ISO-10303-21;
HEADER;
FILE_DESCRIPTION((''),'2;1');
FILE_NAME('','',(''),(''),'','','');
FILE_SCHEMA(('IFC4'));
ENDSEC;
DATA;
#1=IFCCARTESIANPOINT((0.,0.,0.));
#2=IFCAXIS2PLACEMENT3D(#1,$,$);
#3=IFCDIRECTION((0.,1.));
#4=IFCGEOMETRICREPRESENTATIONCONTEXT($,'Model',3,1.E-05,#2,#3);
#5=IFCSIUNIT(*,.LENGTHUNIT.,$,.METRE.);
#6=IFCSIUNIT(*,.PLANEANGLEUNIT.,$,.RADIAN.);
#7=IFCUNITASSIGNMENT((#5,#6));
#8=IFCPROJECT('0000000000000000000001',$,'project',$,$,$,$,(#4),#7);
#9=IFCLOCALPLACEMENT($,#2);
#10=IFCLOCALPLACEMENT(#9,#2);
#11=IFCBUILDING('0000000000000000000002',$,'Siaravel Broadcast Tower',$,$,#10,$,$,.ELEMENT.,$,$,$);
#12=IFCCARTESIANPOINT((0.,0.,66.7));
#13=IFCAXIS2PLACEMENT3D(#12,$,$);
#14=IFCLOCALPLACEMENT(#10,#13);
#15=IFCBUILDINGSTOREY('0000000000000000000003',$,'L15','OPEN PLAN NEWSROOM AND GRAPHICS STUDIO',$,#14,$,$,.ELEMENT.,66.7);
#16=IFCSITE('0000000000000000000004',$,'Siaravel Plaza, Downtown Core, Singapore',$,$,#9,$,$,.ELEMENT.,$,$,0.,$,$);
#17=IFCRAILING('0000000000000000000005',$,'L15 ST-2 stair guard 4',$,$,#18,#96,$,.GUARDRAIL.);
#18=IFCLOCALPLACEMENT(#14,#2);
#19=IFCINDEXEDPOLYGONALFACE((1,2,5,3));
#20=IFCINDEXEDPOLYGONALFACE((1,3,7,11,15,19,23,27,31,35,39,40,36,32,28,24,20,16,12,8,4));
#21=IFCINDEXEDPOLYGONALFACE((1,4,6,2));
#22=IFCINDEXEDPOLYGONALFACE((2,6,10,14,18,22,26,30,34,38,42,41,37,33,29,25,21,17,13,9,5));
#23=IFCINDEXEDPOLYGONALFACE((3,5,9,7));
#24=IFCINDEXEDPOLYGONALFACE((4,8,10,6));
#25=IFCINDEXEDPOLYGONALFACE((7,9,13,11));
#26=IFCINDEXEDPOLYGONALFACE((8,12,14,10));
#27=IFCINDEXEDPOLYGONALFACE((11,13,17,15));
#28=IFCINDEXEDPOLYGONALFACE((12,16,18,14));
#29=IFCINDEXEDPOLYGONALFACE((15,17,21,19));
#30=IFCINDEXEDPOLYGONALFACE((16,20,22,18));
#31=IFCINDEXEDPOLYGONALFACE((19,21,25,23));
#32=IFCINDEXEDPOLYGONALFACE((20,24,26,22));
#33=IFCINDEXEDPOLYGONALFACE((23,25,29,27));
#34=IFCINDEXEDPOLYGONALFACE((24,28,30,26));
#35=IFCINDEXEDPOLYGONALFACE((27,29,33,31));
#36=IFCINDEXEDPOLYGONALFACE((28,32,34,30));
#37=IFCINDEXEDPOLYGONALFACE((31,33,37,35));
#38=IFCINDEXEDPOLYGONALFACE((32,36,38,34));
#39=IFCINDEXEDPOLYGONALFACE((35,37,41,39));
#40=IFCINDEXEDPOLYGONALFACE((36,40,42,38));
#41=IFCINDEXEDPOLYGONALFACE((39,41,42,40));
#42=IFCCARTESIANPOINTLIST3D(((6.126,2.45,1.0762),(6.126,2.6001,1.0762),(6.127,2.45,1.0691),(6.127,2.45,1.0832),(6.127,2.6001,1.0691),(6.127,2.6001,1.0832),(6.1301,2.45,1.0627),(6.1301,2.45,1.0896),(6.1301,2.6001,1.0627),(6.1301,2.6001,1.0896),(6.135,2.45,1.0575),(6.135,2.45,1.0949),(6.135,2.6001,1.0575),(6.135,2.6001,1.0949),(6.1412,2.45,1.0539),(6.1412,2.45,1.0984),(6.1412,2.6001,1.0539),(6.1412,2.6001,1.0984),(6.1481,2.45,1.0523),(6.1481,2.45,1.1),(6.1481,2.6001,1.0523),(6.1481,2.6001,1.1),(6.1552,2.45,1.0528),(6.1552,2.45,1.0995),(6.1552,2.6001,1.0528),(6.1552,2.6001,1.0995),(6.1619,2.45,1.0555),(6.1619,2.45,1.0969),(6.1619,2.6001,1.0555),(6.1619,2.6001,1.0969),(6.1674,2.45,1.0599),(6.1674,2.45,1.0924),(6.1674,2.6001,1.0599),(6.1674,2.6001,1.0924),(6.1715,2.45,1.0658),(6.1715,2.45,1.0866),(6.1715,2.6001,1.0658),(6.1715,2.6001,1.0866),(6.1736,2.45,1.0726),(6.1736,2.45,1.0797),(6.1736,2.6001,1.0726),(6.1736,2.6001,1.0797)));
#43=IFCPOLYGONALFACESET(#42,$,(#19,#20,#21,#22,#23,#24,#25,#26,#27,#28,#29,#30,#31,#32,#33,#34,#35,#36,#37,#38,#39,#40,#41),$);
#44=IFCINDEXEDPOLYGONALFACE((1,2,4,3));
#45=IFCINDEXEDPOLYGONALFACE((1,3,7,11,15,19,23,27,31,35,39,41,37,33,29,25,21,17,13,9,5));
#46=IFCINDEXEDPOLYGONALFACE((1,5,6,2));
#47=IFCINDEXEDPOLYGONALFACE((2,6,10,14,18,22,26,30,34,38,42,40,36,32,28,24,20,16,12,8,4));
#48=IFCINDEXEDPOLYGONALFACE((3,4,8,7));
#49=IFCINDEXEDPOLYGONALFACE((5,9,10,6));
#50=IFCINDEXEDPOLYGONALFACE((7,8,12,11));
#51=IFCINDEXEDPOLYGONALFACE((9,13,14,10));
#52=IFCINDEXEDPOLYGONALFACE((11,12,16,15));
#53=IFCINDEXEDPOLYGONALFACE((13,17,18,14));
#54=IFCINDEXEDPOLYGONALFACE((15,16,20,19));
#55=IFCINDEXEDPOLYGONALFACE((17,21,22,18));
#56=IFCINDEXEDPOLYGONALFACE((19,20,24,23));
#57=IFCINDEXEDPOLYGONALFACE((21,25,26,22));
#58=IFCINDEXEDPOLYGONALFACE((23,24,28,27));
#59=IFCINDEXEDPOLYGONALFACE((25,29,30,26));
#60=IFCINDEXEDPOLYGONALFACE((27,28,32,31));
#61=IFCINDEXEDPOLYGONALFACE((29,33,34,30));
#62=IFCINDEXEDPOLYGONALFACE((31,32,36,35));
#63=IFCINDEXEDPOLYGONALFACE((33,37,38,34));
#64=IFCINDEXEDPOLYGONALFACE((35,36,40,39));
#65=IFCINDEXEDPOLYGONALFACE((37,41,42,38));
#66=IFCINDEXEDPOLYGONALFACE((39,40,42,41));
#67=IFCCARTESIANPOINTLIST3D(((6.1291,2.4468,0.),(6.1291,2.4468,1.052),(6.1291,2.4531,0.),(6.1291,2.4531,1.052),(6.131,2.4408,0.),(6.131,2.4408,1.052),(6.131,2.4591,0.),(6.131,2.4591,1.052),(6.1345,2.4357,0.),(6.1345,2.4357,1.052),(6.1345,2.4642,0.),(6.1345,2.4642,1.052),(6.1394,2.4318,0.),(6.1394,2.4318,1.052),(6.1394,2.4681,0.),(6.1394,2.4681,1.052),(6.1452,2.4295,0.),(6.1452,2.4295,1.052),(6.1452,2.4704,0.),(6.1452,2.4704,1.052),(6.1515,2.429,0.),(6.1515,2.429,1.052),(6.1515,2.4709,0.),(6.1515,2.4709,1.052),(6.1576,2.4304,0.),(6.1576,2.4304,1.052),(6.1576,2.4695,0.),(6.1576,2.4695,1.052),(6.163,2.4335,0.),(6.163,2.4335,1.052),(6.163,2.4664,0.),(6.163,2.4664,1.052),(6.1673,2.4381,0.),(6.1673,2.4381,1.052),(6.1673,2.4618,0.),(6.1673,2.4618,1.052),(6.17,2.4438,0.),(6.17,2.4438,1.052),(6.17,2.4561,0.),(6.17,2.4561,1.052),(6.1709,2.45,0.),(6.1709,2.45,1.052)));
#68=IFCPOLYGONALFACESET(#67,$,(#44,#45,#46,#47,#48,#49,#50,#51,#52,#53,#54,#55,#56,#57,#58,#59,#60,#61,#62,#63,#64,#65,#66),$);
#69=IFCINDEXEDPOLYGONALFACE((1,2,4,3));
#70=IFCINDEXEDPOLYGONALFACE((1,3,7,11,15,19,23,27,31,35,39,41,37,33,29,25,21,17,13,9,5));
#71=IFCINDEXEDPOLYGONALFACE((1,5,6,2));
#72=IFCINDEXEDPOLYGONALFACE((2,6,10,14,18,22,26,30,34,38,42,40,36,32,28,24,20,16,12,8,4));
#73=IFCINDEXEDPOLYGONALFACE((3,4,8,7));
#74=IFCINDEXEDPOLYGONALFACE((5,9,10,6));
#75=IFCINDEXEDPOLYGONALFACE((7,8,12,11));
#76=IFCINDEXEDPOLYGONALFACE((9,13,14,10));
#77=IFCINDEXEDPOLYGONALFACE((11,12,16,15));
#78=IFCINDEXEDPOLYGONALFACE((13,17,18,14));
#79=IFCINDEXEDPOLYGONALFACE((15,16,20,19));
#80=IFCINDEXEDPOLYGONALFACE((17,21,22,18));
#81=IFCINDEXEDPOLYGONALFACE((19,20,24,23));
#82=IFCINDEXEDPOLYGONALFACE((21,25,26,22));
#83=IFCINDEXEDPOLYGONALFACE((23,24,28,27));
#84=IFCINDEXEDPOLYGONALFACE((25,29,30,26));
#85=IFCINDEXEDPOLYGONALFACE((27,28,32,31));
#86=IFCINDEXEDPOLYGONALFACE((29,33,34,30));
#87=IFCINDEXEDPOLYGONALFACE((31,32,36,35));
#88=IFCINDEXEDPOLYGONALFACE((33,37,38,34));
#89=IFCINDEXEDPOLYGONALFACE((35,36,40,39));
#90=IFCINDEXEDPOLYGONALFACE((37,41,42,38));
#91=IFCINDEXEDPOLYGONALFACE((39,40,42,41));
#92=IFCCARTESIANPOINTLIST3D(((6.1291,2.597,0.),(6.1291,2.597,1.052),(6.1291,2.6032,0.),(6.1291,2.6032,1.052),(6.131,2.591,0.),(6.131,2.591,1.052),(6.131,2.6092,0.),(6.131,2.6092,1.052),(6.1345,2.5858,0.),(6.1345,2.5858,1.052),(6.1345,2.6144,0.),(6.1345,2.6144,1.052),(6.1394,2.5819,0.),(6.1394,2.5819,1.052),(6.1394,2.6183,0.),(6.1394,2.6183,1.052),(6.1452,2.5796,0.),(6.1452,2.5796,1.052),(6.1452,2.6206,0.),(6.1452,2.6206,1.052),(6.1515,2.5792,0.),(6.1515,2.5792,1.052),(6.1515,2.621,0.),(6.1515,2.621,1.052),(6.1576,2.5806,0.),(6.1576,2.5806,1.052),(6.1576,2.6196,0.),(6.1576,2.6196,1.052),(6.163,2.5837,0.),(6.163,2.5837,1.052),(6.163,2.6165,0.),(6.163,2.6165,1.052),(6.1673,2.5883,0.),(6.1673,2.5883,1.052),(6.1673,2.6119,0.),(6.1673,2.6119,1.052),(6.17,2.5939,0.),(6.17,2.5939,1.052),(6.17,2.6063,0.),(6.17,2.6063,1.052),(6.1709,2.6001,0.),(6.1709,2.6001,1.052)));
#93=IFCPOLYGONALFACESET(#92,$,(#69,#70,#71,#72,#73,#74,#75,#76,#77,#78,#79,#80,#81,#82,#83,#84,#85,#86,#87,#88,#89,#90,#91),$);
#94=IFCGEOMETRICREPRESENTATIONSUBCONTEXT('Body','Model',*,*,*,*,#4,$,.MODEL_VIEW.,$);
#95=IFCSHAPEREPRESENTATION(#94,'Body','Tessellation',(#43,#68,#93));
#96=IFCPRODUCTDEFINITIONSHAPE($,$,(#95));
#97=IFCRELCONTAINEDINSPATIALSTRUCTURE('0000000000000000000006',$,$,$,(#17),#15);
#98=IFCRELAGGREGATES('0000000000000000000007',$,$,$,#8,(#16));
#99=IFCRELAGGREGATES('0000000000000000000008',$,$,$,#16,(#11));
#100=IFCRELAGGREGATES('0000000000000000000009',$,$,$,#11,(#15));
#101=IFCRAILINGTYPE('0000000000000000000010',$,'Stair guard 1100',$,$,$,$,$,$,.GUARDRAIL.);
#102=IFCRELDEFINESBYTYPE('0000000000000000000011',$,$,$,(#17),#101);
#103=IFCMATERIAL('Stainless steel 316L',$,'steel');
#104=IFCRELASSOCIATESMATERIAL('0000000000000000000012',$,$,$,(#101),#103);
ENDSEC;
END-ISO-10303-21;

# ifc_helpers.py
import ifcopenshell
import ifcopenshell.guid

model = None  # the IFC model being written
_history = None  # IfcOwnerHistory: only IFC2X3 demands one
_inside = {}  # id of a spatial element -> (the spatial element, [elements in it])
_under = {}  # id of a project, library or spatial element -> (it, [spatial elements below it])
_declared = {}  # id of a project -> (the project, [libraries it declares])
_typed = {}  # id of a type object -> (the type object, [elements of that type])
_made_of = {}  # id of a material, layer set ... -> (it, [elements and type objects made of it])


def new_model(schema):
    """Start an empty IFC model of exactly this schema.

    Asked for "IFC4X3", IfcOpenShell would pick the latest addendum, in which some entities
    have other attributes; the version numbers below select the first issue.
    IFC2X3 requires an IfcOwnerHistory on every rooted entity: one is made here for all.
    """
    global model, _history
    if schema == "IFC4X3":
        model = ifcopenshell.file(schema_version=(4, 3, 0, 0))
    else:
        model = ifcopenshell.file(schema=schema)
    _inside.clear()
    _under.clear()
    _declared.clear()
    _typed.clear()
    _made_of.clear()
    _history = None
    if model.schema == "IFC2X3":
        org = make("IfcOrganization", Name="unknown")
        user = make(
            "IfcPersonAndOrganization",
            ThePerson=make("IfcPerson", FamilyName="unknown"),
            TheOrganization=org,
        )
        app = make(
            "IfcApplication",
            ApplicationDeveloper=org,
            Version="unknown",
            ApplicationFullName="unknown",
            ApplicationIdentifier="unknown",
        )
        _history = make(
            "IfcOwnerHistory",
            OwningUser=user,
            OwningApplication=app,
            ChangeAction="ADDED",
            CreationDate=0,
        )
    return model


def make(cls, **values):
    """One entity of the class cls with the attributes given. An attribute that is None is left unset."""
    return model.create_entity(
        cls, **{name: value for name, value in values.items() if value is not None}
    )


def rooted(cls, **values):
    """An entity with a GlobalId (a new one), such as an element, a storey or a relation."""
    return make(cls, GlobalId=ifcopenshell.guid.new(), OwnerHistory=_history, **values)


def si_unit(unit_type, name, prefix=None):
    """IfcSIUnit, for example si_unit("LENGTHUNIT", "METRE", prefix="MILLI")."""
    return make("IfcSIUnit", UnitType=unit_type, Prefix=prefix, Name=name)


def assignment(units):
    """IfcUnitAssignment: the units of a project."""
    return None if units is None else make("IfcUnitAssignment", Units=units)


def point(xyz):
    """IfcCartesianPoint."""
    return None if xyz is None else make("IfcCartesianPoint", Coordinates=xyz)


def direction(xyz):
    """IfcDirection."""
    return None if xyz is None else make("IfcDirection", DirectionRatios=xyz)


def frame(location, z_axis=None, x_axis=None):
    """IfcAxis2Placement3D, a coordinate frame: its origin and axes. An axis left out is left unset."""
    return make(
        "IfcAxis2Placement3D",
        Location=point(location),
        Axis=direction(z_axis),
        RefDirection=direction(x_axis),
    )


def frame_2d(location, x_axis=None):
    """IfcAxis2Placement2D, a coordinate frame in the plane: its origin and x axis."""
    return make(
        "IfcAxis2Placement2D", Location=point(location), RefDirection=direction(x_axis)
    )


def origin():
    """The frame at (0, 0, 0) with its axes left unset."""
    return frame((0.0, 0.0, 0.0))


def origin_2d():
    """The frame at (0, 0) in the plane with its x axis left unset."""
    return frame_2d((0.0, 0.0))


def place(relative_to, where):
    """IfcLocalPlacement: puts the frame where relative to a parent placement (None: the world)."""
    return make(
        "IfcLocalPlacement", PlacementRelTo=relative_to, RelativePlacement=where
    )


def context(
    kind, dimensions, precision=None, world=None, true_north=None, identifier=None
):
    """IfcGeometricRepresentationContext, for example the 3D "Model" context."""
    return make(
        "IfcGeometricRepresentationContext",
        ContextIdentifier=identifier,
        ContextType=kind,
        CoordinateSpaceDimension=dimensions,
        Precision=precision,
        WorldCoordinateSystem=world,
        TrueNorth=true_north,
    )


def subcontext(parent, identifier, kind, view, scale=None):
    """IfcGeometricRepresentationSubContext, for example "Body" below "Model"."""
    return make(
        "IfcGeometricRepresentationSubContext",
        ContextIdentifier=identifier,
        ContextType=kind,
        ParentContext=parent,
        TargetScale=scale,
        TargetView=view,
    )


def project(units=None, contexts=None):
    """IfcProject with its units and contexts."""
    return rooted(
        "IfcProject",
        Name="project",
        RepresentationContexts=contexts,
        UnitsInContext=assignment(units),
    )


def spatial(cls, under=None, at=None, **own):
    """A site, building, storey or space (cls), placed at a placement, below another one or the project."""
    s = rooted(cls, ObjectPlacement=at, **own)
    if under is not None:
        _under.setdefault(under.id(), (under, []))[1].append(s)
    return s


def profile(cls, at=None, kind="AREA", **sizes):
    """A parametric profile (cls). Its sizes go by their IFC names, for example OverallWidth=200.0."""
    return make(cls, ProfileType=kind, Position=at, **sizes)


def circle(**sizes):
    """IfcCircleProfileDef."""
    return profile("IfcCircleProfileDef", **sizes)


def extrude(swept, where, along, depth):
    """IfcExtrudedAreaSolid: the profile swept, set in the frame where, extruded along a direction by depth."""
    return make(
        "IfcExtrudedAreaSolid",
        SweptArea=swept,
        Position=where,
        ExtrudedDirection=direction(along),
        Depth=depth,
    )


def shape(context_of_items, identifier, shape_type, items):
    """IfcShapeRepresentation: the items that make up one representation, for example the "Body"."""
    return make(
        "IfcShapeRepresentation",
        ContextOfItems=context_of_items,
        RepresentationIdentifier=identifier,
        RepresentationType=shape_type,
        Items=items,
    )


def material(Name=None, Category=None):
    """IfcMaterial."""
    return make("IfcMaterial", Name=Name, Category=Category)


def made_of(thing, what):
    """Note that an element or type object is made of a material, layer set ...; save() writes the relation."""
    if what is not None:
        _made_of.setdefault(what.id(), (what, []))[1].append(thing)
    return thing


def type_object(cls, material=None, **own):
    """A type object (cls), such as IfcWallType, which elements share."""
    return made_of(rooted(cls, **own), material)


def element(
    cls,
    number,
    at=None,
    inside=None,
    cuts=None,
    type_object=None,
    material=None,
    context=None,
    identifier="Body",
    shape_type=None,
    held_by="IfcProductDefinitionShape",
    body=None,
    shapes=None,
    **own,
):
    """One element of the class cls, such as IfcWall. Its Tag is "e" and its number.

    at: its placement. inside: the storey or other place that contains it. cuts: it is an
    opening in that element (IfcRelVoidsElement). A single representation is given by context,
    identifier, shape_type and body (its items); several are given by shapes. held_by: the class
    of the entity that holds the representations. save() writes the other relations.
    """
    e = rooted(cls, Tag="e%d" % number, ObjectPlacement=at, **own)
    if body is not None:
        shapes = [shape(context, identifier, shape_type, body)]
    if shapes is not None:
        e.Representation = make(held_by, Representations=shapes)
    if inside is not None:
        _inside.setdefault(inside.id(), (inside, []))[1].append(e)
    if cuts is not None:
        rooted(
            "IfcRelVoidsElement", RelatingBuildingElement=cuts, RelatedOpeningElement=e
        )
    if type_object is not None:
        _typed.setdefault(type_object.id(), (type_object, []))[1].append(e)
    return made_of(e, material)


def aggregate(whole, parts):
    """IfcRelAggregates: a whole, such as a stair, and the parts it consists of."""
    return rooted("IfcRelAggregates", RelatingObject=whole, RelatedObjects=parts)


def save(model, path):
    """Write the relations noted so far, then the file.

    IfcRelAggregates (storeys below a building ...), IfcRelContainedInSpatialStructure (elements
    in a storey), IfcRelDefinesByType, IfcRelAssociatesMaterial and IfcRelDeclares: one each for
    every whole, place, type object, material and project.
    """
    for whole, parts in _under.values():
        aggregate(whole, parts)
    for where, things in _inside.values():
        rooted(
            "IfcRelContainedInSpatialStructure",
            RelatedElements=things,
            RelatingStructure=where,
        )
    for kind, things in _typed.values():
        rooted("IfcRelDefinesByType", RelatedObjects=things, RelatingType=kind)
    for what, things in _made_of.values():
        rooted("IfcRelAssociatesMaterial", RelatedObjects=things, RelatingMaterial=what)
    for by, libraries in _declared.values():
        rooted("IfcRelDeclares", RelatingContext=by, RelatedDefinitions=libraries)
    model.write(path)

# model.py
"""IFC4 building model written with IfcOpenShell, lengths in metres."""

from ifc_helpers import new_model, si_unit, direction, frame, origin, origin_2d, place, context, subcontext, project, spatial, circle, extrude, material, type_object, element, save


model = new_model("IFC4")

# Units and contexts
model_context = context("Model", 3, precision=1e-05, world=origin(), true_north=direction((0.0, 1.0)))
body_context = subcontext(model_context, "Body", "Model", "MODEL_VIEW")
ifc_project = project(units=[si_unit("LENGTHUNIT", "METRE"), si_unit("PLANEANGLEUNIT", "RADIAN")], contexts=[model_context])

# Site, building, storey
site_placement = place(None, origin())
site = spatial("IfcSite", under=ifc_project, at=site_placement, Name="Siaravel Plaza, Downtown Core, Singapore", CompositionType="ELEMENT", RefElevation=0.0)
building_placement = place(site_placement, origin())
building = spatial("IfcBuilding", under=site, at=building_placement, Name="Siaravel Broadcast Tower", CompositionType="ELEMENT")
storey_placement = place(building_placement, frame((0.0, 0.0, 66.7)))
storey = spatial("IfcBuildingStorey", under=building, at=storey_placement, Name="L15", Description="OPEN PLAN NEWSROOM AND GRAPHICS STUDIO", CompositionType="ELEMENT", Elevation=66.7)

# Railing
ifc_material_1 = material(Name="Stainless steel 316L", Category="steel")
railing_type_1 = type_object("IfcRailingType", Name="Stair guard 1100", PredefinedType="GUARDRAIL", material=ifc_material_1)
railing_1_placement = place(storey_placement, frame((6.1499, 2.45, 0.0)))
element("IfcRailing", 1, at=railing_1_placement, inside=storey, type_object=railing_type_1, Name="L15 ST-2 stair guard 4", PredefinedType="GUARDRAIL", context=body_context, shape_type="SweptSolid", body=[
    extrude(circle(Radius=0.0239, at=origin_2d()), frame((0.0, 0.0, 1.0762), z_axis=(0.0, 1.0, 0.0), x_axis=(-1.0, 0.0, 0.0)), (0.0, 0.0, 1.0), 0.1501),
    extrude(circle(Radius=0.021, at=origin_2d()), origin(), (0.0, 0.0, 1.0), 1.052),
    extrude(circle(Radius=0.021, at=origin_2d()), frame((0.0, 0.1501, 0.0)), (0.0, 0.0, 1.0), 1.052),
])

save(model, "model.ifc")
